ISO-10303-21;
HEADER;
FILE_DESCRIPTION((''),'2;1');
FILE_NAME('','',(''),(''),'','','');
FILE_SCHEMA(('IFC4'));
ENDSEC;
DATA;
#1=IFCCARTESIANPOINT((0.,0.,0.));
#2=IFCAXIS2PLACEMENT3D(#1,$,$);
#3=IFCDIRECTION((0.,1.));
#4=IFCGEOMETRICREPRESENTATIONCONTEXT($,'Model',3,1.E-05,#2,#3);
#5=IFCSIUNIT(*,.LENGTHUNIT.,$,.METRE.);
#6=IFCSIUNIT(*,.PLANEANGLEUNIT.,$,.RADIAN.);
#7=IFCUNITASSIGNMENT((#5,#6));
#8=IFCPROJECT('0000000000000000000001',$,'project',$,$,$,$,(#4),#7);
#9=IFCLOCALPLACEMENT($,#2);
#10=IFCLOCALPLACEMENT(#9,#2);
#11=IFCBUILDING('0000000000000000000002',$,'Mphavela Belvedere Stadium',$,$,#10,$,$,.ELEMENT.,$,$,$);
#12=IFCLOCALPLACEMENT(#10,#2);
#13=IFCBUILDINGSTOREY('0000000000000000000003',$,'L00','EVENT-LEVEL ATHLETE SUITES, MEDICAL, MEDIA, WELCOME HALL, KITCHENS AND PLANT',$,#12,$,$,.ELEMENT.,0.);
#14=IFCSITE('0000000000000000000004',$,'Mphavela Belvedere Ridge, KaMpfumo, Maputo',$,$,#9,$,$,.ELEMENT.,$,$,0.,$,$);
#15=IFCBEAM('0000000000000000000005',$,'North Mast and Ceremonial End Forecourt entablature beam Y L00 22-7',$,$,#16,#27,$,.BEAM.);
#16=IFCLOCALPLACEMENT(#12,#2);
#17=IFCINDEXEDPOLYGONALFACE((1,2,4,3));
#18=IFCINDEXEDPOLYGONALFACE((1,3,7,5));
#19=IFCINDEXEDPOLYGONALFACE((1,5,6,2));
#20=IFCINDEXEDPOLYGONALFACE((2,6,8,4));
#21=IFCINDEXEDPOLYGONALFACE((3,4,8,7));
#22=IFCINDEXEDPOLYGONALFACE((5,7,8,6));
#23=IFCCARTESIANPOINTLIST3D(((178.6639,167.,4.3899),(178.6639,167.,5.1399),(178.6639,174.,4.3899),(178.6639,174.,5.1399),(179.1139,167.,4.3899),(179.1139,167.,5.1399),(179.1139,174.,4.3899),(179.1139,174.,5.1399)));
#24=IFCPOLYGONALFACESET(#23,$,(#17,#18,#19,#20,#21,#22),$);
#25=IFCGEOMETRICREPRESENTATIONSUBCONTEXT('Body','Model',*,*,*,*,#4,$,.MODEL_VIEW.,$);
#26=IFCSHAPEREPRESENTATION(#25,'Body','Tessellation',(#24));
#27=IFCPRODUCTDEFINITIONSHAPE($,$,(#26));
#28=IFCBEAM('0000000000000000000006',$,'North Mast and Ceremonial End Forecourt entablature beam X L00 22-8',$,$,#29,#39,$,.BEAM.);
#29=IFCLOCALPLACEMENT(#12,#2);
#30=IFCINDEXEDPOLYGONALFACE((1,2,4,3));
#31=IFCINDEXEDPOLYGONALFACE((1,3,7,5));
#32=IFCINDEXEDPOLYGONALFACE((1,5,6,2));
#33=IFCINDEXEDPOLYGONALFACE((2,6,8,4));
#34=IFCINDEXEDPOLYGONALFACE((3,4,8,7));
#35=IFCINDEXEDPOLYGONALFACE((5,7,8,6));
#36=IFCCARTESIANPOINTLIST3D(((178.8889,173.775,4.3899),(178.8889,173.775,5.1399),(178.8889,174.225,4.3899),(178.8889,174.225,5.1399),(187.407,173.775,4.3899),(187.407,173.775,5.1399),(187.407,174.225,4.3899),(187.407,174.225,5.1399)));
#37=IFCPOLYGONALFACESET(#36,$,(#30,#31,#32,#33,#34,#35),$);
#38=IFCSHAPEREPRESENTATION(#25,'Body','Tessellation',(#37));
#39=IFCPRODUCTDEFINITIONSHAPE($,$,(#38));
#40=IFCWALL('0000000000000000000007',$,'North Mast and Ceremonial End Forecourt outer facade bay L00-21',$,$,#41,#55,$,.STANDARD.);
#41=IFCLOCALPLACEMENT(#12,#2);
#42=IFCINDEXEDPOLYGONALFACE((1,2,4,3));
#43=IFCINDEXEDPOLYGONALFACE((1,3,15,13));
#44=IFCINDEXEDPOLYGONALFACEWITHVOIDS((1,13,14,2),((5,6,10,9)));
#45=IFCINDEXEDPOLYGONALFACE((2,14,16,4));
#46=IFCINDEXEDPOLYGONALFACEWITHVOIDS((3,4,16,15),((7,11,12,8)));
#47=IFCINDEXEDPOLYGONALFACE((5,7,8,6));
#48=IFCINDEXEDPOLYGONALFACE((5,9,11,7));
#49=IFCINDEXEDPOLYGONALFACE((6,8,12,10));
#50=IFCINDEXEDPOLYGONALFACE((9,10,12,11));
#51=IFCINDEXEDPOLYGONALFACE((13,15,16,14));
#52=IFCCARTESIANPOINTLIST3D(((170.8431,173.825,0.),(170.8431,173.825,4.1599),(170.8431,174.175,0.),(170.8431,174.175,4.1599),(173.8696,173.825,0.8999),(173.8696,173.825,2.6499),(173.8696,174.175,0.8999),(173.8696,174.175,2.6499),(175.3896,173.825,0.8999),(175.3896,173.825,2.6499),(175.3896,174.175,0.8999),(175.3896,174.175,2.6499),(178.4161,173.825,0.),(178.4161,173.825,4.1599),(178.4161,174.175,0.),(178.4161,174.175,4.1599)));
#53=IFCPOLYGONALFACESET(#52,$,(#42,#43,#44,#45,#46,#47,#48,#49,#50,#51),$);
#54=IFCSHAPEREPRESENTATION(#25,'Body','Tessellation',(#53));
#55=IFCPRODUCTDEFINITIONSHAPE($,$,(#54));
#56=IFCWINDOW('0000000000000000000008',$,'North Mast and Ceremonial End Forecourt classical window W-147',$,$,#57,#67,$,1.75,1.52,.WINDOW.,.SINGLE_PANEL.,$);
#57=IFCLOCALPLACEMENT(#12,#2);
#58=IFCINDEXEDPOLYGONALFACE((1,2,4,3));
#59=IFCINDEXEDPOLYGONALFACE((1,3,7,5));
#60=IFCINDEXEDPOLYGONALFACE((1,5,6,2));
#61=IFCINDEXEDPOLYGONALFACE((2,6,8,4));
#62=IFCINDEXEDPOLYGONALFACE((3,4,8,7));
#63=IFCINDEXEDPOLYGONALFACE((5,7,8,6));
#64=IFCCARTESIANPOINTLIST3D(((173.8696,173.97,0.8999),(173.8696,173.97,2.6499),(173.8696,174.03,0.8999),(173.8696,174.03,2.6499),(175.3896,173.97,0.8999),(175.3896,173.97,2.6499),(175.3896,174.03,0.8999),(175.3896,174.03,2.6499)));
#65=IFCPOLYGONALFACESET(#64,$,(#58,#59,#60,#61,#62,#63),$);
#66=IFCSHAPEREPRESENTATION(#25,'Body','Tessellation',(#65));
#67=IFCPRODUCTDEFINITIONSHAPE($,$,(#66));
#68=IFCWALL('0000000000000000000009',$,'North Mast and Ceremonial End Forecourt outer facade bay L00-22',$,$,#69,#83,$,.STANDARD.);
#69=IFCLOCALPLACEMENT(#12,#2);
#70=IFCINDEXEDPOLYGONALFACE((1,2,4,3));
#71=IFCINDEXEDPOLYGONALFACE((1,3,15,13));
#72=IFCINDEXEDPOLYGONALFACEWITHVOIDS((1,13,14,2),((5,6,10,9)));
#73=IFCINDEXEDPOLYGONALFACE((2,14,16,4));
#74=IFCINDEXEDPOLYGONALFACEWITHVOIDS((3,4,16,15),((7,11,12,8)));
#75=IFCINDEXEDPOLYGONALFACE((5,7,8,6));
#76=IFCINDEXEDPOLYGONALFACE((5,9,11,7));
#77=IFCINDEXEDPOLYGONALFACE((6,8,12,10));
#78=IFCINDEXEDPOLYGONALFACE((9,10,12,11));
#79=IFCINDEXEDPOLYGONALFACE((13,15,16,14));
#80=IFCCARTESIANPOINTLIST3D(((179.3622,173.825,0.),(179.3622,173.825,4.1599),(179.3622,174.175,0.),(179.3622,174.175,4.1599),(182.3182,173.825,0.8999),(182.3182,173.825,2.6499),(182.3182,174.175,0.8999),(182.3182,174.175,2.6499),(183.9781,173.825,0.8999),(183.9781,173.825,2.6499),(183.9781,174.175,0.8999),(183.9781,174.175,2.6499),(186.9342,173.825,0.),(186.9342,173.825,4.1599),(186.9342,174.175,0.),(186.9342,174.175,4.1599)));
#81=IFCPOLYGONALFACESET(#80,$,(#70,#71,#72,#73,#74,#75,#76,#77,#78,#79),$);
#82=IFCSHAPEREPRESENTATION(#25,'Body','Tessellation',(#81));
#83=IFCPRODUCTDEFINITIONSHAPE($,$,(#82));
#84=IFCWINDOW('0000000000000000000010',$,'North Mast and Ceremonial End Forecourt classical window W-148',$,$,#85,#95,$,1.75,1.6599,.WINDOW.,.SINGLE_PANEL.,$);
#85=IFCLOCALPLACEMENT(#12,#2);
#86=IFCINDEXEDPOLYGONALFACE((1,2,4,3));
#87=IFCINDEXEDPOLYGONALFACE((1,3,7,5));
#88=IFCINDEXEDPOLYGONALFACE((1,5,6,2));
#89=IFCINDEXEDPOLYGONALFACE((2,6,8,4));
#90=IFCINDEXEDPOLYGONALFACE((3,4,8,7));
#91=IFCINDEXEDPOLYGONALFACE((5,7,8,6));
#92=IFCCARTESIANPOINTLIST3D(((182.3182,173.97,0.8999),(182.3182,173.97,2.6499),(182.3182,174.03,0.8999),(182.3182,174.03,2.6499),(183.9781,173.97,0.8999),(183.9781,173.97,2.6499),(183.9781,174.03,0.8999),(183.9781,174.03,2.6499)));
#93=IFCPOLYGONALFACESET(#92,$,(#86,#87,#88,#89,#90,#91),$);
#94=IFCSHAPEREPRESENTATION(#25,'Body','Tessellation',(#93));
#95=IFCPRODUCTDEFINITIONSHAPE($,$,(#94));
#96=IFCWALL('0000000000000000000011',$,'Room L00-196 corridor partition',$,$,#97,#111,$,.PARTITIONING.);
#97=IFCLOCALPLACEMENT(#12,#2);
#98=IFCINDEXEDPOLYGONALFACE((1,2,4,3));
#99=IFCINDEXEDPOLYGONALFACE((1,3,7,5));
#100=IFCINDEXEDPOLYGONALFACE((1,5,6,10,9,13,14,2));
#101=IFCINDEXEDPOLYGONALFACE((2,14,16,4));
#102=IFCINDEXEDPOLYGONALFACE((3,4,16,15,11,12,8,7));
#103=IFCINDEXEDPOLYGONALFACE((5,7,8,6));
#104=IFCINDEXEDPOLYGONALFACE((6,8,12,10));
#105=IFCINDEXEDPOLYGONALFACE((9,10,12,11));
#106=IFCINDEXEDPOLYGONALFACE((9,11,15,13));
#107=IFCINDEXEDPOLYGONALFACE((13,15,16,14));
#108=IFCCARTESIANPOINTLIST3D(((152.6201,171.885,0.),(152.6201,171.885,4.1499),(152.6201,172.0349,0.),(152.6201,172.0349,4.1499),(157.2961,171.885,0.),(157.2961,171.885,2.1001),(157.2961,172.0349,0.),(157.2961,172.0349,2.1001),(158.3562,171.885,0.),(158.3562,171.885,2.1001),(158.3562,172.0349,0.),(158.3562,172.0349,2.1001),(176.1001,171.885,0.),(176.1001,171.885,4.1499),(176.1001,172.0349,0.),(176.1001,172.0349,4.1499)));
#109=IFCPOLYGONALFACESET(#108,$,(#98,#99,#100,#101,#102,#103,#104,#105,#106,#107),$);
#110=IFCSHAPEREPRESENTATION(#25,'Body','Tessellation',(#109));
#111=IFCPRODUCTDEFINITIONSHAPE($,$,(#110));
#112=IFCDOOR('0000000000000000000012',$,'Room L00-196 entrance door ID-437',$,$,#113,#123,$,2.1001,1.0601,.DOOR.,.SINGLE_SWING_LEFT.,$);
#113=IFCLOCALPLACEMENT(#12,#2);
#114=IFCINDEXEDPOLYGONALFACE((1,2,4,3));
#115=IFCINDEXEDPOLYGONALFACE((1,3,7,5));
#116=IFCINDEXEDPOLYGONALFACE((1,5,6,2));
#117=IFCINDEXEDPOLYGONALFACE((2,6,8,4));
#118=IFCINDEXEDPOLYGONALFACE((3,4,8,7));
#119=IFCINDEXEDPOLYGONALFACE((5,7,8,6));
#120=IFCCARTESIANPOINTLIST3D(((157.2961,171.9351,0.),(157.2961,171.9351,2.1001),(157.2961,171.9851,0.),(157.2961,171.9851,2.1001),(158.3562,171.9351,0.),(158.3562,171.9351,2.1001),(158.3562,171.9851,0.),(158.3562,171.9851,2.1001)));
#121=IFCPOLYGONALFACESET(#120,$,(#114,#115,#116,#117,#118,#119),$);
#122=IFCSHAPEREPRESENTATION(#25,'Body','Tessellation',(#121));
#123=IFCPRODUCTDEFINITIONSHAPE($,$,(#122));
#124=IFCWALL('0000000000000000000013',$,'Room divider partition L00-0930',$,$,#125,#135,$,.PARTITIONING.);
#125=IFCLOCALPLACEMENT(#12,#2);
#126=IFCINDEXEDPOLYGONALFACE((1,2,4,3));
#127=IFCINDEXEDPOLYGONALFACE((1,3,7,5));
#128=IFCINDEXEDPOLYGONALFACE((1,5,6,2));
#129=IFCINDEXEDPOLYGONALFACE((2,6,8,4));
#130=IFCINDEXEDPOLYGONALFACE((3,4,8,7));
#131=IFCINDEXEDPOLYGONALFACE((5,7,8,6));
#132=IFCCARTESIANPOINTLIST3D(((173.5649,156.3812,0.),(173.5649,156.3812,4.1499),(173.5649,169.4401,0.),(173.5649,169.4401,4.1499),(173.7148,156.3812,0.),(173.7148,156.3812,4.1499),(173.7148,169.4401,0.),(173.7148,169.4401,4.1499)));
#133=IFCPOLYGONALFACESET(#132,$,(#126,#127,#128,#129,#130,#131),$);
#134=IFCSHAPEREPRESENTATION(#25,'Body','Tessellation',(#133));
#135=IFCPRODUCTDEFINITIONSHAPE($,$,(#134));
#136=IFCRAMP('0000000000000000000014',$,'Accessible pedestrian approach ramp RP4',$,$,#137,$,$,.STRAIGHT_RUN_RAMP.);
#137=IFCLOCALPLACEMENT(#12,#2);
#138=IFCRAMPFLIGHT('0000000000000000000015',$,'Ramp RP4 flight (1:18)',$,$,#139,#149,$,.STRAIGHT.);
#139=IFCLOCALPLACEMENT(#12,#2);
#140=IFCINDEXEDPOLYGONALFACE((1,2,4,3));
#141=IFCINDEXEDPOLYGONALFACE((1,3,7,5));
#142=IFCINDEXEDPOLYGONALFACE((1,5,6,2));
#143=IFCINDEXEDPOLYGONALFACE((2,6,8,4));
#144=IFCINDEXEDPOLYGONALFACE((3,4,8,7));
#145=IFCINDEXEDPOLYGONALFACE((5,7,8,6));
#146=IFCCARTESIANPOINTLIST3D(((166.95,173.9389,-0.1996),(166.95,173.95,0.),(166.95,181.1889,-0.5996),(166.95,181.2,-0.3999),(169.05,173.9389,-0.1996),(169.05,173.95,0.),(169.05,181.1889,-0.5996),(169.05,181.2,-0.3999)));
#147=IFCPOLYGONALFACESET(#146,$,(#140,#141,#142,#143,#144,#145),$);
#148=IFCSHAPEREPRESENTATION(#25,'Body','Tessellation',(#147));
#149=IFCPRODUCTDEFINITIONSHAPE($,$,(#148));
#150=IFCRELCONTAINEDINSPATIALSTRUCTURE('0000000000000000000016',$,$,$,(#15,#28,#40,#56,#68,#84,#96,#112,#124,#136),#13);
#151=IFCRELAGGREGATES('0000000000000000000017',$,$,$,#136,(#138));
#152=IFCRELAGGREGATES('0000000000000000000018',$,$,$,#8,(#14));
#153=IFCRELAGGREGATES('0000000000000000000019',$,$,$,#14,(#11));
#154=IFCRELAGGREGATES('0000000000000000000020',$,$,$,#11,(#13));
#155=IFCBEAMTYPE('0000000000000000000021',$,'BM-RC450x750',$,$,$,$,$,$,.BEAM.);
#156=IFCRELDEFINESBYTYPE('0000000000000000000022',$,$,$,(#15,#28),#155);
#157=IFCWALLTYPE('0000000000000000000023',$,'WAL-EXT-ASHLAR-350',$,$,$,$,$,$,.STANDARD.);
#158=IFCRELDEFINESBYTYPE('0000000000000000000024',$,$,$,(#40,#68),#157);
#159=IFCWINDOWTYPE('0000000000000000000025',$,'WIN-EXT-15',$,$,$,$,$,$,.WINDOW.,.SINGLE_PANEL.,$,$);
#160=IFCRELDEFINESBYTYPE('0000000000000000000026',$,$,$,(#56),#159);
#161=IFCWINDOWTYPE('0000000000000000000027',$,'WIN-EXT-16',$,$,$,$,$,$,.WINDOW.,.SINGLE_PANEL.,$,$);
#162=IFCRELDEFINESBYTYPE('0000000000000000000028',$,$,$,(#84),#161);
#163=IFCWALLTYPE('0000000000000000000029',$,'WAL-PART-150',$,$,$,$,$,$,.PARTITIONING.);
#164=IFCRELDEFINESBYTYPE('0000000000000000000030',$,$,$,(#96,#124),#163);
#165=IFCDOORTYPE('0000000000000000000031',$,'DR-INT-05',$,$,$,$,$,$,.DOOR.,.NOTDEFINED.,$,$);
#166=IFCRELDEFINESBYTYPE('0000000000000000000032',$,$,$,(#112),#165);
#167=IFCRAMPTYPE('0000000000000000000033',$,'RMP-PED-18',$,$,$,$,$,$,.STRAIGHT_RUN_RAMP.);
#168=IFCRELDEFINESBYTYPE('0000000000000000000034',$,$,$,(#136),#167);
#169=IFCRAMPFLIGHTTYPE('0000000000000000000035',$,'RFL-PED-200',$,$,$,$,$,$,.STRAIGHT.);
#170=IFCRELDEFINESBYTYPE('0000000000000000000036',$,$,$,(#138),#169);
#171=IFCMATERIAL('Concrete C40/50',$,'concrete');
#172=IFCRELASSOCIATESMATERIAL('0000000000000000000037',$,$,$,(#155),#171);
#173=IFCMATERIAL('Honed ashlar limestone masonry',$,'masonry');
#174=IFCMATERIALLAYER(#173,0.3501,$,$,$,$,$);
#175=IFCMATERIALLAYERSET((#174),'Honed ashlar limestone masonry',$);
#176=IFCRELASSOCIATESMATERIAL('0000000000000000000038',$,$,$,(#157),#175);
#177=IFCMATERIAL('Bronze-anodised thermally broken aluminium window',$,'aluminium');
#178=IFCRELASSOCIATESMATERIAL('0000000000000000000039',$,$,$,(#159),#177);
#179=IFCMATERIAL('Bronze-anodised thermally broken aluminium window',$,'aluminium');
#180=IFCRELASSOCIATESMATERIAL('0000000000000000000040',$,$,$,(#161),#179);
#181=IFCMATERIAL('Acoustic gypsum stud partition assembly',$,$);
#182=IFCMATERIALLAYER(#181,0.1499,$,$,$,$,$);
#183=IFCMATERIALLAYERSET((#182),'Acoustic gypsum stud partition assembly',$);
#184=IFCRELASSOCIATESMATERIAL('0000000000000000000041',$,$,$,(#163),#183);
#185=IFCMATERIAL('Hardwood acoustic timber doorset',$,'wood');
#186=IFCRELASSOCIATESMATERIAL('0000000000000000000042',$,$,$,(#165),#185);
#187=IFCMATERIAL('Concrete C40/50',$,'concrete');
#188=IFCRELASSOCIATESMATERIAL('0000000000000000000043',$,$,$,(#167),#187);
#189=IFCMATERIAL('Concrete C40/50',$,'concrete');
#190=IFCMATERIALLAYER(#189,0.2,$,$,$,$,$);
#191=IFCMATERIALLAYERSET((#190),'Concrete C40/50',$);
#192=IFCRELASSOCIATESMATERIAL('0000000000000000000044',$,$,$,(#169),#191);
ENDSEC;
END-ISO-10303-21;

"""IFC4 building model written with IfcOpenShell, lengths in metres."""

from ifc_helpers import new_model, si_unit, direction, frame, frame_2d, origin, origin_2d, place, context, subcontext, project, spatial, polyline, rectangle, outline, extrude, material, layer, layer_set, material_profile, profile_set, type_object, element, fill, aggregate, save


model = new_model("IFC4")

# Units and contexts
model_context = context("Model", 3, precision=1e-05, world=origin(), true_north=direction((0.0, 1.0)))
body_context = subcontext(model_context, "Body", "Model", "MODEL_VIEW")
ifc_project = project(units=[si_unit("LENGTHUNIT", "METRE"), si_unit("PLANEANGLEUNIT", "RADIAN")], contexts=[model_context])

# Site, building, storey
site_placement = place(None, origin())
site = spatial("IfcSite", under=ifc_project, at=site_placement, Name="Mphavela Belvedere Ridge, KaMpfumo, Maputo", CompositionType="ELEMENT", RefElevation=0.0)
building_placement = place(site_placement, origin())
building = spatial("IfcBuilding", under=site, at=building_placement, Name="Mphavela Belvedere Stadium", CompositionType="ELEMENT")
storey_placement = place(building_placement, origin())
storey = spatial("IfcBuildingStorey", under=building, at=storey_placement, Name="L00", Description="EVENT-LEVEL ATHLETE SUITES, MEDICAL, MEDIA, WELCOME HALL, KITCHENS AND PLANT", CompositionType="ELEMENT", Elevation=0.0)

# Beams
ifc_material_1 = material(Name="Concrete C40/50", Category="concrete")
ifc_material_profile_1 = material_profile(ifc_material_1, rectangle(XDim=0.45, YDim=0.75, at=origin_2d()), Name="RC 450x750")
ifc_profile_set_1 = profile_set([ifc_material_profile_1], Name="Concrete C40/50")
beam_type_1 = type_object("IfcBeamType", Name="BM-RC450x750", PredefinedType="BEAM", material=ifc_profile_set_1)
beam_1_placement = place(storey_placement, frame((178.8889, 167.0, 4.7649), z_axis=(0.0, 1.0, 0.0), x_axis=(-1.0, 0.0, 0.0)))
element("IfcBeam", 1, at=beam_1_placement, inside=storey, type_object=beam_type_1, Name="North Mast and Ceremonial End Forecourt entablature beam Y L00 22-7", PredefinedType="BEAM", context=body_context, shape_type="SweptSolid", body=[
    extrude(rectangle(XDim=0.45, YDim=0.75, at=origin_2d()), origin(), (0.0, 0.0, 1.0), 7.0),
])
beam_2_placement = place(storey_placement, frame((178.8889, 174.0, 4.7649), z_axis=(1.0, 0.0, 0.0), x_axis=(0.0, 1.0, 0.0)))
element("IfcBeam", 2, at=beam_2_placement, inside=storey, type_object=beam_type_1, Name="North Mast and Ceremonial End Forecourt entablature beam X L00 22-8", PredefinedType="BEAM", context=body_context, shape_type="SweptSolid", body=[
    extrude(rectangle(XDim=0.45, YDim=0.75, at=origin_2d()), origin(), (0.0, 0.0, 1.0), 8.5181),
])

# Walls, openings, windows
ifc_material_2 = material(Name="Honed ashlar limestone masonry", Category="masonry")
ifc_layer_1 = layer(ifc_material_2, 0.3501)
ifc_layer_set_1 = layer_set([ifc_layer_1], Name="Honed ashlar limestone masonry")
wall_type_1 = type_object("IfcWallType", Name="WAL-EXT-ASHLAR-350", PredefinedType="STANDARD", material=ifc_layer_set_1)
wall_1_placement = place(storey_placement, frame((170.843, 174.0, 0.0), z_axis=(0.0, 0.0, 1.0), x_axis=(1.0, 0.0, 0.0)))
wall_1 = element("IfcWall", 3, at=wall_1_placement, inside=storey, type_object=wall_type_1, Name="North Mast and Ceremonial End Forecourt outer facade bay L00-21", PredefinedType="STANDARD", context=body_context, shape_type="SweptSolid", body=[
    extrude(rectangle(XDim=7.573, YDim=0.3501, at=frame_2d((3.7866, 0.0))), origin(), (0.0, 0.0, 1.0), 4.1599),
])
opening_1_placement = place(wall_1_placement, frame((3.0266, 0.0, 0.8999)))
opening_1 = element("IfcOpeningElement", 4, at=opening_1_placement, cuts=wall_1, PredefinedType="OPENING", context=body_context, shape_type="SweptSolid", body=[
    extrude(rectangle(XDim=1.52, YDim=1.75, at=frame_2d((0.76, 0.875))), frame((0.0, 0.1851, 0.0), z_axis=(0.0, -1.0, 0.0), x_axis=(1.0, 0.0, 0.0)), (0.0, 0.0, 1.0), 0.3701),
])
ifc_material_3 = material(Name="Bronze-anodised thermally broken aluminium window", Category="aluminium")
window_type_1 = type_object("IfcWindowType", Name="WIN-EXT-15", PartitioningType="SINGLE_PANEL", PredefinedType="WINDOW", material=ifc_material_3)
window_1_placement = place(opening_1_placement, origin())
window_1 = element("IfcWindow", 5, at=window_1_placement, inside=storey, type_object=window_type_1, Name="North Mast and Ceremonial End Forecourt classical window W-147", OverallHeight=1.75, OverallWidth=1.52, PartitioningType="SINGLE_PANEL", PredefinedType="WINDOW", context=body_context, shape_type="SweptSolid", body=[
    extrude(rectangle(XDim=1.52, YDim=1.75, at=frame_2d((0.76, 0.875))), frame((0.0, 0.03, 0.0), z_axis=(0.0, -1.0, 0.0), x_axis=(1.0, 0.0, 0.0)), (0.0, 0.0, 1.0), 0.0601),
])
fill(opening_1, window_1)
wall_2_placement = place(storey_placement, frame((179.3621, 174.0, 0.0), z_axis=(0.0, 0.0, 1.0), x_axis=(1.0, 0.0, 0.0)))
wall_2 = element("IfcWall", 6, at=wall_2_placement, inside=storey, type_object=wall_type_1, Name="North Mast and Ceremonial End Forecourt outer facade bay L00-22", PredefinedType="STANDARD", context=body_context, shape_type="SweptSolid", body=[
    extrude(rectangle(XDim=7.572, YDim=0.3501, at=frame_2d((3.7861, 0.0))), origin(), (0.0, 0.0, 1.0), 4.1599),
])
opening_2_placement = place(wall_2_placement, frame((2.9561, 0.0, 0.8999)))
opening_2 = element("IfcOpeningElement", 7, at=opening_2_placement, cuts=wall_2, PredefinedType="OPENING", context=body_context, shape_type="SweptSolid", body=[
    extrude(rectangle(XDim=1.6599, YDim=1.75, at=frame_2d((0.8301, 0.875))), frame((0.0, 0.1851, 0.0), z_axis=(0.0, -1.0, 0.0), x_axis=(1.0, 0.0, 0.0)), (0.0, 0.0, 1.0), 0.3701),
])
ifc_material_4 = material(Name="Bronze-anodised thermally broken aluminium window", Category="aluminium")
window_type_2 = type_object("IfcWindowType", Name="WIN-EXT-16", PartitioningType="SINGLE_PANEL", PredefinedType="WINDOW", material=ifc_material_4)
window_2_placement = place(opening_2_placement, origin())
window_2 = element("IfcWindow", 8, at=window_2_placement, inside=storey, type_object=window_type_2, Name="North Mast and Ceremonial End Forecourt classical window W-148", OverallHeight=1.75, OverallWidth=1.6599, PartitioningType="SINGLE_PANEL", PredefinedType="WINDOW", context=body_context, shape_type="SweptSolid", body=[
    extrude(rectangle(XDim=1.6599, YDim=1.75, at=frame_2d((0.8301, 0.875))), frame((0.0, 0.03, 0.0), z_axis=(0.0, -1.0, 0.0), x_axis=(1.0, 0.0, 0.0)), (0.0, 0.0, 1.0), 0.0601),
])
fill(opening_2, window_2)

# Wall, opening, door
ifc_material_5 = material(Name="Acoustic gypsum stud partition assembly")
ifc_layer_2 = layer(ifc_material_5, 0.1499)
ifc_layer_set_2 = layer_set([ifc_layer_2], Name="Acoustic gypsum stud partition assembly")
wall_type_2 = type_object("IfcWallType", Name="WAL-PART-150", PredefinedType="PARTITIONING", material=ifc_layer_set_2)
wall_3_placement = place(storey_placement, frame((176.1001, 171.96, 0.0), z_axis=(0.0, 0.0, 1.0), x_axis=(-1.0, 0.0, 0.0)))
wall_3 = element("IfcWall", 9, at=wall_3_placement, inside=storey, type_object=wall_type_2, Name="Room L00-196 corridor partition", PredefinedType="PARTITIONING", context=body_context, shape_type="SweptSolid", body=[
    extrude(rectangle(XDim=23.48, YDim=0.1499, at=frame_2d((11.74, 0.0))), origin(), (0.0, 0.0, 1.0), 4.1499),
])
opening_3_placement = place(wall_3_placement, frame((17.7439, 0.0, 0.0)))
opening_3 = element("IfcOpeningElement", 10, at=opening_3_placement, cuts=wall_3, PredefinedType="OPENING", context=body_context, shape_type="SweptSolid", body=[
    extrude(rectangle(XDim=1.0601, YDim=2.1001, at=frame_2d((0.53, 1.05))), frame((0.0, 0.085, 0.0), z_axis=(0.0, -1.0, 0.0), x_axis=(1.0, 0.0, 0.0)), (0.0, 0.0, 1.0), 0.1699),
])
ifc_material_6 = material(Name="Hardwood acoustic timber doorset", Category="wood")
door_type = type_object("IfcDoorType", Name="DR-INT-05", OperationType="NOTDEFINED", PredefinedType="DOOR", material=ifc_material_6)
door_placement = place(opening_3_placement, origin())
door = element("IfcDoor", 11, at=door_placement, inside=storey, type_object=door_type, Name="Room L00-196 entrance door ID-437", OperationType="SINGLE_SWING_LEFT", OverallHeight=2.1001, OverallWidth=1.0601, PredefinedType="DOOR", context=body_context, shape_type="SweptSolid", body=[
    extrude(rectangle(XDim=1.0601, YDim=2.1001, at=frame_2d((0.53, 1.05))), frame((0.0, 0.0249, 0.0), z_axis=(0.0, -1.0, 0.0), x_axis=(1.0, 0.0, 0.0)), (0.0, 0.0, 1.0), 0.05),
])
fill(opening_3, door)

# Wall
wall_4_placement = place(storey_placement, frame((173.6399, 169.4399, 0.0), z_axis=(0.0, 0.0, 1.0), x_axis=(0.0, -1.0, 0.0)))
element("IfcWall", 12, at=wall_4_placement, inside=storey, type_object=wall_type_2, Name="Room divider partition L00-0930", PredefinedType="PARTITIONING", context=body_context, shape_type="SweptSolid", body=[
    extrude(rectangle(XDim=13.0588, YDim=0.1499, at=frame_2d((6.5293, 0.0))), origin(), (0.0, 0.0, 1.0), 4.1499),
])

# Ramp, ramp flight
ifc_material_7 = material(Name="Concrete C40/50", Category="concrete")
ramp_type = type_object("IfcRampType", Name="RMP-PED-18", PredefinedType="STRAIGHT_RUN_RAMP", material=ifc_material_7)
ramp_placement = place(storey_placement, origin())
ramp = element("IfcRamp", 13, at=ramp_placement, inside=storey, type_object=ramp_type, Name="Accessible pedestrian approach ramp RP4", PredefinedType="STRAIGHT_RUN_RAMP")
ifc_material_8 = material(Name="Concrete C40/50", Category="concrete")
ifc_layer_3 = layer(ifc_material_8, 0.2)
ifc_layer_set_3 = layer_set([ifc_layer_3], Name="Concrete C40/50")
ramp_flight_type = type_object("IfcRampFlightType", Name="RFL-PED-200", PredefinedType="STRAIGHT", material=ifc_layer_set_3)
ramp_flight_placement = place(storey_placement, frame((166.95, 181.2, -0.3999), z_axis=(0.0, 0.055075, 0.998482), x_axis=(0.0, -0.998482, 0.055075)))
ramp_flight = element("IfcRampFlight", 14, at=ramp_flight_placement, type_object=ramp_flight_type, Name="Ramp RP4 flight (1:18)", PredefinedType="STRAIGHT", context=body_context, shape_type="SweptSolid", body=[
    extrude(outline(polyline([(0.0, 0.0), (7.261, 0.0), (7.261, 2.1001), (0.0, 2.1001), (0.0, 0.0)])), origin(), (0.0, 0.0, -1.0), 0.2),
])
aggregate(ramp, [ramp_flight])

save(model, "model.ifc")
